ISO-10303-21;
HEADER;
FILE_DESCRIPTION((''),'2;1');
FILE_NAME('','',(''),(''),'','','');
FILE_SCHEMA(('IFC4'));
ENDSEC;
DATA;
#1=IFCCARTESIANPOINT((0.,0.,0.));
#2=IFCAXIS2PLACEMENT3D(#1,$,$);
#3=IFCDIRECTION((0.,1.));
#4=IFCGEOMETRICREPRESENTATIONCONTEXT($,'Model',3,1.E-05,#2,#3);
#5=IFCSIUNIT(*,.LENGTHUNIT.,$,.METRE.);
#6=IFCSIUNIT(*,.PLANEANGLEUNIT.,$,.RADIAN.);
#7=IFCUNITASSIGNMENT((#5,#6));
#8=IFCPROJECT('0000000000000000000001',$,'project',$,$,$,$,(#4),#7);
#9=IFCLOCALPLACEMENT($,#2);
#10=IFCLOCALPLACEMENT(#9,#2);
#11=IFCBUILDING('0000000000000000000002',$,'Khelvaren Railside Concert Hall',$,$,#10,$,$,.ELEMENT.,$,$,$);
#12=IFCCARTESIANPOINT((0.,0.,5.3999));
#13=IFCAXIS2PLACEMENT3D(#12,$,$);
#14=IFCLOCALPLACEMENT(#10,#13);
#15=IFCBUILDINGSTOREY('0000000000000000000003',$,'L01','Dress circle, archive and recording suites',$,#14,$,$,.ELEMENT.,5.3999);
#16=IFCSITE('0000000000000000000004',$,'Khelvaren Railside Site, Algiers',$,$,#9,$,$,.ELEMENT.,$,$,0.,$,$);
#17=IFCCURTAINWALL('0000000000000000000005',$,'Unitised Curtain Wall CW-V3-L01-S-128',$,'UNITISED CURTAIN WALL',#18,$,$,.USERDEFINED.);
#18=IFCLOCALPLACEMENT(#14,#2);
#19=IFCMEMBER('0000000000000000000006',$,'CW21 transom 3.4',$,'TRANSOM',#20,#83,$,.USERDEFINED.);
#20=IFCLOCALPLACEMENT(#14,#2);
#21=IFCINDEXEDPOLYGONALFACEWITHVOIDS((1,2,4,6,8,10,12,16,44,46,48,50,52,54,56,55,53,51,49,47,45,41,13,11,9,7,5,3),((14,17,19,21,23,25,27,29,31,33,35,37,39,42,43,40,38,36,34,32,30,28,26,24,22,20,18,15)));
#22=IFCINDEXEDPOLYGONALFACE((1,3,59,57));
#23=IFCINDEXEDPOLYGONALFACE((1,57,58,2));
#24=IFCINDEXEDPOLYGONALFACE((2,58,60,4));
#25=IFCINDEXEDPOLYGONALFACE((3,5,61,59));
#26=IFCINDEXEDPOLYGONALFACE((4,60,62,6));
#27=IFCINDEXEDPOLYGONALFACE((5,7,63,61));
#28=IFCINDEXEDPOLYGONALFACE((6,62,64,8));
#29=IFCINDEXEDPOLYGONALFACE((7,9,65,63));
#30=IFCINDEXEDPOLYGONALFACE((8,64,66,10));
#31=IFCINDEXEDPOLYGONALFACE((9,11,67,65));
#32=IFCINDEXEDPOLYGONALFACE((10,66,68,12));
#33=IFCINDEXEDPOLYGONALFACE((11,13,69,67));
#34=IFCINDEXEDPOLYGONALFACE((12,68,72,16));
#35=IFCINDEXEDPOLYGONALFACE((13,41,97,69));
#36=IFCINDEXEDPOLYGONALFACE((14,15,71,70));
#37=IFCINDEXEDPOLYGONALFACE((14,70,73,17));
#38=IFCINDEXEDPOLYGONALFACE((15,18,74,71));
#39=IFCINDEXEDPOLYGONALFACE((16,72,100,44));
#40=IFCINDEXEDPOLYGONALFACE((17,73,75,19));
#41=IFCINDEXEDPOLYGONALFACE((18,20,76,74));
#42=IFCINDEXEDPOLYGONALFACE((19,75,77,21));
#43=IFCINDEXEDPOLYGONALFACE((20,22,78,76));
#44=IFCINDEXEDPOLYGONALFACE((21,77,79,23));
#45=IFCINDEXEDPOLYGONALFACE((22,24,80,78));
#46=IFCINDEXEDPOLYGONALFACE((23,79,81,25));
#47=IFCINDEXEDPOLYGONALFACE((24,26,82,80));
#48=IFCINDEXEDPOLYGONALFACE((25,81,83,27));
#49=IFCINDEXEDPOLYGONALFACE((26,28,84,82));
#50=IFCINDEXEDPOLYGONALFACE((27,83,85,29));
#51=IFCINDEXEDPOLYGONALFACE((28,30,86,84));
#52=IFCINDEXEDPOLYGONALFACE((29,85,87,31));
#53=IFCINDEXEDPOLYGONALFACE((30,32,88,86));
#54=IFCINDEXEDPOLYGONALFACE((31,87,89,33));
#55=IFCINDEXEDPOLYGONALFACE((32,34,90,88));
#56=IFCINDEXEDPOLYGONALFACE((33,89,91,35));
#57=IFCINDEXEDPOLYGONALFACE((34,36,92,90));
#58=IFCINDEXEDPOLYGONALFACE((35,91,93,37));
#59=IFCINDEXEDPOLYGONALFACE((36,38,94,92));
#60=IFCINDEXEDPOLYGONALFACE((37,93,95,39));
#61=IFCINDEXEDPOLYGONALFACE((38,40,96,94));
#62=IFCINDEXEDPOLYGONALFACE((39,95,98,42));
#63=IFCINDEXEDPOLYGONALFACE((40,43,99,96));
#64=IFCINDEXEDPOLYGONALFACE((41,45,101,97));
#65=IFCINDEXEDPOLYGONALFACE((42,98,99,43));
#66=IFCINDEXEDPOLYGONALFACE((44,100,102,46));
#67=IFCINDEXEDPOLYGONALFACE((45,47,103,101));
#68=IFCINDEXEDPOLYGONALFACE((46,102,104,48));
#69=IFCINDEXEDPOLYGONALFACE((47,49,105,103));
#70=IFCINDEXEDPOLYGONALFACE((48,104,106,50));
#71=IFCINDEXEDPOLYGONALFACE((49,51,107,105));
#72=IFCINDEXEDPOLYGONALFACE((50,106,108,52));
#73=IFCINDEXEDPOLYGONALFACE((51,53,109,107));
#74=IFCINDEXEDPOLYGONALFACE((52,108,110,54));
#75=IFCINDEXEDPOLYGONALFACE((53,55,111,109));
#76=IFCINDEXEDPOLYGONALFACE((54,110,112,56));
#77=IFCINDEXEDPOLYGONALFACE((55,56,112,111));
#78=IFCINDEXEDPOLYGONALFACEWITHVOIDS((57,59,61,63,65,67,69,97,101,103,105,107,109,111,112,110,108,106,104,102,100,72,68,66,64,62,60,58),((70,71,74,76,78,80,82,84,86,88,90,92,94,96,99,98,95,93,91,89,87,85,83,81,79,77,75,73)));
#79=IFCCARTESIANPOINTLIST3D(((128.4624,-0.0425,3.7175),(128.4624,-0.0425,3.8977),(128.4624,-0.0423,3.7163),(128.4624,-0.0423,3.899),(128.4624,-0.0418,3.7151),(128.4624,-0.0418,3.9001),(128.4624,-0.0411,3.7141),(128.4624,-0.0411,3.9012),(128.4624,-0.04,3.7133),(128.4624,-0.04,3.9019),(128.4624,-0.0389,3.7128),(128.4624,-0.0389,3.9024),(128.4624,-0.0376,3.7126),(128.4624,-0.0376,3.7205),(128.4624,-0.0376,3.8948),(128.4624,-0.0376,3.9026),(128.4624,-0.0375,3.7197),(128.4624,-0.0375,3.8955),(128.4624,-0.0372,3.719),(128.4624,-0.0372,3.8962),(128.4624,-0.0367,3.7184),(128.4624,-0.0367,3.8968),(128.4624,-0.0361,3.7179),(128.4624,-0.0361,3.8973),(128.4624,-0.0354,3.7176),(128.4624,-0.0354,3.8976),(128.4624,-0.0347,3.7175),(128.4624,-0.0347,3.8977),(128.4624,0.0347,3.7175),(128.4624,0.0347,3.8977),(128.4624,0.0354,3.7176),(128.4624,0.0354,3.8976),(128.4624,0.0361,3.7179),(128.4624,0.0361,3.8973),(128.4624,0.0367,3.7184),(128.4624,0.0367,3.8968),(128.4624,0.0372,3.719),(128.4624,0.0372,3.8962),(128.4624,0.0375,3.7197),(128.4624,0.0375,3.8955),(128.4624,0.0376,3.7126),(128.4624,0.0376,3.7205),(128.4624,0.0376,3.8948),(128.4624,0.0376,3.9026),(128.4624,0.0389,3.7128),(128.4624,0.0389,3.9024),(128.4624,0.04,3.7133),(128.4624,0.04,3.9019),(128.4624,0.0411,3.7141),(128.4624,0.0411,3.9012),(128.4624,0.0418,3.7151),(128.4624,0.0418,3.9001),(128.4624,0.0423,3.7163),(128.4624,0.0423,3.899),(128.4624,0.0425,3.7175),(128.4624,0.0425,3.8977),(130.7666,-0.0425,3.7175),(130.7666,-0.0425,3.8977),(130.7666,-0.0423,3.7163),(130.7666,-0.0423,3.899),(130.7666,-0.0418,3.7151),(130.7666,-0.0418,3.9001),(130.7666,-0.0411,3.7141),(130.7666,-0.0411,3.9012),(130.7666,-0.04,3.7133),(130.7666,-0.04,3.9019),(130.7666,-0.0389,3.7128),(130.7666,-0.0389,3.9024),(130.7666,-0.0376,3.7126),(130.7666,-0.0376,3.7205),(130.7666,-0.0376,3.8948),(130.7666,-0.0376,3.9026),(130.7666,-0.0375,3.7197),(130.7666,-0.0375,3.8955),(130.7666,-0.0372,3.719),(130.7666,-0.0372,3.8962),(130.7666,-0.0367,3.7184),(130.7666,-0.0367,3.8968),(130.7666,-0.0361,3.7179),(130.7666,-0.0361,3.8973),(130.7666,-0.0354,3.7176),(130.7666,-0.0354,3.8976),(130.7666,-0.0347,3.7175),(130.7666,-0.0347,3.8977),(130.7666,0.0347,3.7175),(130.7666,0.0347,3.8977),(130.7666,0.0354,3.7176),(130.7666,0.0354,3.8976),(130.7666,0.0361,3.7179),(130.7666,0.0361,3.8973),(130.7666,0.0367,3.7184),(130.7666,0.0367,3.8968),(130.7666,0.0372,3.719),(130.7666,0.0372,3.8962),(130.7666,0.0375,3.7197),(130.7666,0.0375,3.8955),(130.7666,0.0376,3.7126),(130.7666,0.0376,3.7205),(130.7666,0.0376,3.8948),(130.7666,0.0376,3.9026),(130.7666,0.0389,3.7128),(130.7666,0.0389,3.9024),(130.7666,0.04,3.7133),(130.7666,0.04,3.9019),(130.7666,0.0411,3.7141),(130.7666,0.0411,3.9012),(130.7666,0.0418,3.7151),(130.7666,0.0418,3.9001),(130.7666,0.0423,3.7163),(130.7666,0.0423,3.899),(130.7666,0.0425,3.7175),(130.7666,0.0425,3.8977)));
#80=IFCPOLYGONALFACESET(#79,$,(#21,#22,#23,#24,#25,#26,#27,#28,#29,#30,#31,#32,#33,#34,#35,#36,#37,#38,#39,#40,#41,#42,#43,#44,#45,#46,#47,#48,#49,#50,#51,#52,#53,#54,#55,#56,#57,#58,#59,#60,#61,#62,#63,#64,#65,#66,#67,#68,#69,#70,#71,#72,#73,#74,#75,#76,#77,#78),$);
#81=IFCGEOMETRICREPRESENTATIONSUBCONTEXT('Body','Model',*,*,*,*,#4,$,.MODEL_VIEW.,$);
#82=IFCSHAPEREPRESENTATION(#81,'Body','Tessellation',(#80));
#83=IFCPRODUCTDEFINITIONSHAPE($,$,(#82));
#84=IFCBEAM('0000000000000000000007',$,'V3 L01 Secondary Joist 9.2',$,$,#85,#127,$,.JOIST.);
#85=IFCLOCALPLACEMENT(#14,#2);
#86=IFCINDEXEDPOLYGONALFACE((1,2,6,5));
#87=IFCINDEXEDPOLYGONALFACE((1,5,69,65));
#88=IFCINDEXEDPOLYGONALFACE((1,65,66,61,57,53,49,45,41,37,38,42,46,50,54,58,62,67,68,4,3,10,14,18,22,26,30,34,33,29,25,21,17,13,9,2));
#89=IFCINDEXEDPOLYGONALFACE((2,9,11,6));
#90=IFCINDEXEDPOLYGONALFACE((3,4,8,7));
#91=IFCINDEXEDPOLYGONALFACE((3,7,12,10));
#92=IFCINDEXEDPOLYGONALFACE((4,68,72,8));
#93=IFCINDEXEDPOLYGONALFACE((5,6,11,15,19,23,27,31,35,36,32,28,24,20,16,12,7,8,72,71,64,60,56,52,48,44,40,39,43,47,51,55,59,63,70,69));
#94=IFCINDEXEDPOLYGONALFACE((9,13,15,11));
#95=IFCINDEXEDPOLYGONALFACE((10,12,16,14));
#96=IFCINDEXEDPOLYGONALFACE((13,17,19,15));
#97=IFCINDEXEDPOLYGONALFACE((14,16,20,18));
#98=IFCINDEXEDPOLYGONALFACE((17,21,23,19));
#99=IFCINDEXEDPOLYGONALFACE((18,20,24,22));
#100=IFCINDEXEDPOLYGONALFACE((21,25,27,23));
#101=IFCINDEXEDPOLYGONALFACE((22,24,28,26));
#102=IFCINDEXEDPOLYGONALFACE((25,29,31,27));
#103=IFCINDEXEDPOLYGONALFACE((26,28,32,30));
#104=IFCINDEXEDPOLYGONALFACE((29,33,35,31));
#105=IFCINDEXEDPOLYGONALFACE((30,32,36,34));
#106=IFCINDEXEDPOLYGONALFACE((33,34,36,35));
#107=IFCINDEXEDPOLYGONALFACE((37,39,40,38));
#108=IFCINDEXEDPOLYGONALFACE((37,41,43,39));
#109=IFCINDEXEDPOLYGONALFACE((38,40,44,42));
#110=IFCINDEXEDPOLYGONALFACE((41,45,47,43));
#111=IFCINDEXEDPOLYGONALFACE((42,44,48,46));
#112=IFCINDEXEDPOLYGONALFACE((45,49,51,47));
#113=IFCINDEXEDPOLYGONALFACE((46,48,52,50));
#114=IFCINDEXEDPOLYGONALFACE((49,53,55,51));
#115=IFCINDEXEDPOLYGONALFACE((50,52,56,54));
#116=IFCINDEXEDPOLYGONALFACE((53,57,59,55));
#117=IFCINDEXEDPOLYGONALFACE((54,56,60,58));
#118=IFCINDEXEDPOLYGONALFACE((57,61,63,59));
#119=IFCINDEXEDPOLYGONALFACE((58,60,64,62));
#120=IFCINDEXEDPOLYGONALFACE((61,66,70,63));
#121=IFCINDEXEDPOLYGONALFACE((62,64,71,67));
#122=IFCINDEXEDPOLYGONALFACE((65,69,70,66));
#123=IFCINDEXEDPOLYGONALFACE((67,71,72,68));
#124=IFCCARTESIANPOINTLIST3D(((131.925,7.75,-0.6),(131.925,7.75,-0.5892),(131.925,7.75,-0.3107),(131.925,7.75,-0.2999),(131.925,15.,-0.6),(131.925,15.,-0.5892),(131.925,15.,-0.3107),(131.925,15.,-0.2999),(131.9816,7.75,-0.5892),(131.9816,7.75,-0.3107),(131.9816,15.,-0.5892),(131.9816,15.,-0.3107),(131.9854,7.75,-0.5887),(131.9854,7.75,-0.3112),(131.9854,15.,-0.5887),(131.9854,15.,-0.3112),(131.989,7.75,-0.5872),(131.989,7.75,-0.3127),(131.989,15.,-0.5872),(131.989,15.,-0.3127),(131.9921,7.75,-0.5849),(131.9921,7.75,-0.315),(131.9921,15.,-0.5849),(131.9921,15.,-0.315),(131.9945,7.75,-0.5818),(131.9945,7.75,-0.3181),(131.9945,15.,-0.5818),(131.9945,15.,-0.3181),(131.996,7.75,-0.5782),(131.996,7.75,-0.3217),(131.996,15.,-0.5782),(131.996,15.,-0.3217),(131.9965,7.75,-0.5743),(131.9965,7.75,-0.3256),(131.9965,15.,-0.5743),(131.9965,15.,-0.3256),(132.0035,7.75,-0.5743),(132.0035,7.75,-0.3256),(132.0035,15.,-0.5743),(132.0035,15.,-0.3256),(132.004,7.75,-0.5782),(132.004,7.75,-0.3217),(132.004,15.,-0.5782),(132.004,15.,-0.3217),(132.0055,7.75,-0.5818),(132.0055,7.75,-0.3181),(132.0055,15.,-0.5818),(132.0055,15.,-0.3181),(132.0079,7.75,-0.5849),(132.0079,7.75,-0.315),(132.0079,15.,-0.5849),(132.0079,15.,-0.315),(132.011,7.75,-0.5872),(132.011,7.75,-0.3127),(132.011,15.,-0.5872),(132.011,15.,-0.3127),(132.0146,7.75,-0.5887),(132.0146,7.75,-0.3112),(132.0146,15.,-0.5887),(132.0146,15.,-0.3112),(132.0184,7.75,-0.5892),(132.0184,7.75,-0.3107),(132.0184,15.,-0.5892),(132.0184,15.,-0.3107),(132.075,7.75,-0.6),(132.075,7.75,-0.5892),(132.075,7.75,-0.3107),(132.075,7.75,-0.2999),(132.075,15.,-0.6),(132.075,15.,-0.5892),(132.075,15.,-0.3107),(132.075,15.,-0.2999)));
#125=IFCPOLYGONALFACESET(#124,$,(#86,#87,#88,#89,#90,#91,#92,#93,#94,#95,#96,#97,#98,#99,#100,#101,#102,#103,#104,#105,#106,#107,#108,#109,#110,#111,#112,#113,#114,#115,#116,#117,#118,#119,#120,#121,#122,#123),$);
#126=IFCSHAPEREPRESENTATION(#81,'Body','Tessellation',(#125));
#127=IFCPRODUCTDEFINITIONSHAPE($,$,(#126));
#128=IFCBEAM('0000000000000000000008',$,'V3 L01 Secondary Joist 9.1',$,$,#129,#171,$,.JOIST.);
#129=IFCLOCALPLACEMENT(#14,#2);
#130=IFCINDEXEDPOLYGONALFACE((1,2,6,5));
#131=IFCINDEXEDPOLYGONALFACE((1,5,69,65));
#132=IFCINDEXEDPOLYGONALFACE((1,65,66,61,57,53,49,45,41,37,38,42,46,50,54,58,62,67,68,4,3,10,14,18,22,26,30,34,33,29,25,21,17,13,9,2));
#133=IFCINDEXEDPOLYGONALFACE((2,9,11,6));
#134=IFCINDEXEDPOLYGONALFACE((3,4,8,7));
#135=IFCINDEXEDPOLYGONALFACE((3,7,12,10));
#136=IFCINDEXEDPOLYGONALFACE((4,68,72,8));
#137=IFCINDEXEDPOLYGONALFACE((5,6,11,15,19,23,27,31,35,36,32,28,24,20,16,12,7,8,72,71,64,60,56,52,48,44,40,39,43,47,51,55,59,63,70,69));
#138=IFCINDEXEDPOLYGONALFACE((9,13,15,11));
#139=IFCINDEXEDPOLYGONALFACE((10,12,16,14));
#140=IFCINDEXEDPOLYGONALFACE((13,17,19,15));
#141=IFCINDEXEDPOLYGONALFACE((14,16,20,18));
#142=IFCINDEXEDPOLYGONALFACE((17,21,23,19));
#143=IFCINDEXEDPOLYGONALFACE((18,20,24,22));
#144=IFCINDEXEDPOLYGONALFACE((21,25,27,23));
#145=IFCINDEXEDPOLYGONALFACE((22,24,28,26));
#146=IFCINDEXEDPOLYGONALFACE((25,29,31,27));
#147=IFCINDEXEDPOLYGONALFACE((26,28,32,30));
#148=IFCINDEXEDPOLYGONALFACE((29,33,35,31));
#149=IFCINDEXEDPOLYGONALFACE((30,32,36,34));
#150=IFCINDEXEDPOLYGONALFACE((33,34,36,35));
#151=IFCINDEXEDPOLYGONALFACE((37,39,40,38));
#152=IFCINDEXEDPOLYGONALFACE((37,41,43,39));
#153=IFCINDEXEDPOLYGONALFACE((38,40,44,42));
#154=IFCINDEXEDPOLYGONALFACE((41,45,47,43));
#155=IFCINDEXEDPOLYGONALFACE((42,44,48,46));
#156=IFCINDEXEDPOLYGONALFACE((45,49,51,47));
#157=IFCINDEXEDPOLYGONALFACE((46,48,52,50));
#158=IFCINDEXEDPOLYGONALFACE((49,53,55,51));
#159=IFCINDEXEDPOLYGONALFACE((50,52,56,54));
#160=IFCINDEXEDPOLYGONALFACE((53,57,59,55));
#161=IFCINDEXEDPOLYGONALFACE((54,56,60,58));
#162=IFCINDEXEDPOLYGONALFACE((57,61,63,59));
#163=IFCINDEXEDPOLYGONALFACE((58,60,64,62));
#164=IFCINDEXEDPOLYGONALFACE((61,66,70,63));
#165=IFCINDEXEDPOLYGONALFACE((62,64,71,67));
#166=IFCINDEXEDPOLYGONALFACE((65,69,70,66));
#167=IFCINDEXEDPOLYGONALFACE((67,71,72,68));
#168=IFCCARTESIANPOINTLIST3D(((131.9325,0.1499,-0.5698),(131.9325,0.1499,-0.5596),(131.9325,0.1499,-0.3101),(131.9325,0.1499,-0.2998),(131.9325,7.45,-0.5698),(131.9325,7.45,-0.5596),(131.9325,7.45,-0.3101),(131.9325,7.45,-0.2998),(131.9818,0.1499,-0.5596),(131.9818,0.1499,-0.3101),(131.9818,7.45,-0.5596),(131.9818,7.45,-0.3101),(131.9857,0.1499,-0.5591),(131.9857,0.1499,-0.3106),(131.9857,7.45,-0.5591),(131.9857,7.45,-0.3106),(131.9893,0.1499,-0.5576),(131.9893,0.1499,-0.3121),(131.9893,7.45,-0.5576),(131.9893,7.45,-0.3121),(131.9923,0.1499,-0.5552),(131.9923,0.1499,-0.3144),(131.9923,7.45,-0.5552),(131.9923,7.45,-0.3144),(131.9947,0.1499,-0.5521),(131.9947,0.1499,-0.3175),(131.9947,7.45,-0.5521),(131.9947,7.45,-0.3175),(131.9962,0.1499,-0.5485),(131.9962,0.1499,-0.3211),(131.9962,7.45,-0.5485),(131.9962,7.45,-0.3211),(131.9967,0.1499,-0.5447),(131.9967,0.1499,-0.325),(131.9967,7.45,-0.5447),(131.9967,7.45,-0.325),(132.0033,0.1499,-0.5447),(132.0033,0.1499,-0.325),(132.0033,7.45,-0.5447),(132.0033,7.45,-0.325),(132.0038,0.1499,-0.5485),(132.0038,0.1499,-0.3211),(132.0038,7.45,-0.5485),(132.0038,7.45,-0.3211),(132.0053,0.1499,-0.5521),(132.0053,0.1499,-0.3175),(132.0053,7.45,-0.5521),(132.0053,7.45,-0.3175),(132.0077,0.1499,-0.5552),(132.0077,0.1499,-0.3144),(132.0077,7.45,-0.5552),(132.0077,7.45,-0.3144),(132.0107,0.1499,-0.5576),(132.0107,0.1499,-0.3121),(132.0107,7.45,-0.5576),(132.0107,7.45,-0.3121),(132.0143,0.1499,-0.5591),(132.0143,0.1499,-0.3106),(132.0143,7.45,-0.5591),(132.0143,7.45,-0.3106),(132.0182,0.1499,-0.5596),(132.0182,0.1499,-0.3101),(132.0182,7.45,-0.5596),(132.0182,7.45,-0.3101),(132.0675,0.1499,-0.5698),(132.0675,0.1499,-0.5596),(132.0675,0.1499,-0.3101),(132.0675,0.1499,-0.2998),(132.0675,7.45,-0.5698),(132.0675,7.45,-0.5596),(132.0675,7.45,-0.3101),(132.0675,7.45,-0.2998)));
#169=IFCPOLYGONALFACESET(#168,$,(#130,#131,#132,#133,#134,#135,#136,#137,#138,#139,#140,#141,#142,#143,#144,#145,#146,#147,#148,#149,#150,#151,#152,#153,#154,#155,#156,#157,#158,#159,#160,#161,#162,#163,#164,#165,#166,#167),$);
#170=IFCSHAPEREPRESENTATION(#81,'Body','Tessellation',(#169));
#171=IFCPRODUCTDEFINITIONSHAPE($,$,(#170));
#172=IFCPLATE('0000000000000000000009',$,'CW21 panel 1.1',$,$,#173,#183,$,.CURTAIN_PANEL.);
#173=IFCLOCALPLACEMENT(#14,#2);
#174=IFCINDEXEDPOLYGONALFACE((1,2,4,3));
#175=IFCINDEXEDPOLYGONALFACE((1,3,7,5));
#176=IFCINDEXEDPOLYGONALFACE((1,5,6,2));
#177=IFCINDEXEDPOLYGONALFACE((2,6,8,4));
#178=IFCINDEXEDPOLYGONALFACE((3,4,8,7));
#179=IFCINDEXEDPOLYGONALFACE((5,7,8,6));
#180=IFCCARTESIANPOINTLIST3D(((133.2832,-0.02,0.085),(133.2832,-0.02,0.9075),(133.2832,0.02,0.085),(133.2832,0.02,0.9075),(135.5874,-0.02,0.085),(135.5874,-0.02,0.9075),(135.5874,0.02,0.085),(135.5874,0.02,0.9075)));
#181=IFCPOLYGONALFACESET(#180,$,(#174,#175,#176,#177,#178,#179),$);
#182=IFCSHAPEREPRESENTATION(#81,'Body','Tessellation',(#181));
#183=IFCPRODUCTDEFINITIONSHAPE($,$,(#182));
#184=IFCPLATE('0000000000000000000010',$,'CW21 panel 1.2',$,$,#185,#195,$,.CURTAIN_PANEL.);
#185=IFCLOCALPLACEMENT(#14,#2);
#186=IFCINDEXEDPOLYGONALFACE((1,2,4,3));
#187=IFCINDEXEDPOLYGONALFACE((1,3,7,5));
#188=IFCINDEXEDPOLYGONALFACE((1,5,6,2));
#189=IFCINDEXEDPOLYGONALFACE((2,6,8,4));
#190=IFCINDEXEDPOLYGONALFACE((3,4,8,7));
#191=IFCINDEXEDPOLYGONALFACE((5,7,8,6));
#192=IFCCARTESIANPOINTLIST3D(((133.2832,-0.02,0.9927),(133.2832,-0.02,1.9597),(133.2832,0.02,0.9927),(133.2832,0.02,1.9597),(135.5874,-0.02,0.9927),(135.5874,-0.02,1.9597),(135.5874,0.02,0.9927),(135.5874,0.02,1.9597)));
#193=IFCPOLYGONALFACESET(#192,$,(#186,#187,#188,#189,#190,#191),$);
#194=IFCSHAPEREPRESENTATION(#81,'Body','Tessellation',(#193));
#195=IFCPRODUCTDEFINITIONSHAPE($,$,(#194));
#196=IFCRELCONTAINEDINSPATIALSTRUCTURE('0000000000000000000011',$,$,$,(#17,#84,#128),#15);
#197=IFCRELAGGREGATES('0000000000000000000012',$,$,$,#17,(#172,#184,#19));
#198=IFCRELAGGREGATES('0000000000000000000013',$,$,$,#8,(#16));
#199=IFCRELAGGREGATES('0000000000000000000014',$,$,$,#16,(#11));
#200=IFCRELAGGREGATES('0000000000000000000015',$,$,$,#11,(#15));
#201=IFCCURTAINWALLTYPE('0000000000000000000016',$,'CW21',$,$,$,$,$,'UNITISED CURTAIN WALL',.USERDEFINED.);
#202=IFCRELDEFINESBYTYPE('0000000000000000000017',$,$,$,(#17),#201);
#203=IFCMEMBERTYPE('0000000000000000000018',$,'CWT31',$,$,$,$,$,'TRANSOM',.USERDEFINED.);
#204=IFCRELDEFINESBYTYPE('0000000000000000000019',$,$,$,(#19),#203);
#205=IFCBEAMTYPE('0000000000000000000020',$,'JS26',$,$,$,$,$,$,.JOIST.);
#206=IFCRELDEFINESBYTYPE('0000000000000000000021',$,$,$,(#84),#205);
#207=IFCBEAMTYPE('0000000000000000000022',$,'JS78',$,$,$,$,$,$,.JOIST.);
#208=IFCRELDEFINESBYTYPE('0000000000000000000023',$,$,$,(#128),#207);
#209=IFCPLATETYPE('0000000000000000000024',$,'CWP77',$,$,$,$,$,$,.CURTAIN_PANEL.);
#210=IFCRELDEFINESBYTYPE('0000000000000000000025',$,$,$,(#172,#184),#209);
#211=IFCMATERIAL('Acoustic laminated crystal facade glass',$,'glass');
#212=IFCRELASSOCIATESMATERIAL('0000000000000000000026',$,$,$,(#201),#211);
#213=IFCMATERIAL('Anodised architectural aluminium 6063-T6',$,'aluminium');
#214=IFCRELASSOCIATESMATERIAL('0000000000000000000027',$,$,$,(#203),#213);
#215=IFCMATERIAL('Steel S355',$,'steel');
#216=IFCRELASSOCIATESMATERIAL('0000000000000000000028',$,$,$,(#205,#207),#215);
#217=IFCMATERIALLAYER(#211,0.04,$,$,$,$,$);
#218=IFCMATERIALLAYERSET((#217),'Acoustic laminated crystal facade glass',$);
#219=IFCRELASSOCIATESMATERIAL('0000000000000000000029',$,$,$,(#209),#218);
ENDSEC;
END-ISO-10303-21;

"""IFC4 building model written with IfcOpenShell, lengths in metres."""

from ifc_helpers import new_model, si_unit, direction, frame, origin, origin_2d, place, context, subcontext, project, spatial, rectangle, hollow_rectangle, i_section, extrude, material, layer, layer_set, material_profile, profile_set, type_object, element, aggregate, save


model = new_model("IFC4")

# Units and contexts
model_context = context("Model", 3, precision=1e-05, world=origin(), true_north=direction((0.0, 1.0)))
body_context = subcontext(model_context, "Body", "Model", "MODEL_VIEW")
ifc_project = project(units=[si_unit("LENGTHUNIT", "METRE"), si_unit("PLANEANGLEUNIT", "RADIAN")], contexts=[model_context])

# Site, building, storey
site_placement = place(None, origin())
site = spatial("IfcSite", under=ifc_project, at=site_placement, Name="Khelvaren Railside Site, Algiers", CompositionType="ELEMENT", RefElevation=0.0)
building_placement = place(site_placement, origin())
building = spatial("IfcBuilding", under=site, at=building_placement, Name="Khelvaren Railside Concert Hall", CompositionType="ELEMENT")
storey_placement = place(building_placement, frame((0.0, 0.0, 5.3999)))
storey = spatial("IfcBuildingStorey", under=building, at=storey_placement, Name="L01", Description="Dress circle, archive and recording suites", CompositionType="ELEMENT", Elevation=5.3999)

# Curtain wall, member
ifc_material_1 = material(Name="Acoustic laminated crystal facade glass", Category="glass")
curtain_wall_type = type_object("IfcCurtainWallType", Name="CW21", ElementType="UNITISED CURTAIN WALL", PredefinedType="USERDEFINED", material=ifc_material_1)
curtain_wall_placement = place(storey_placement, origin())
curtain_wall = element("IfcCurtainWall", 1, at=curtain_wall_placement, inside=storey, type_object=curtain_wall_type, Name="Unitised Curtain Wall CW-V3-L01-S-128", ObjectType="UNITISED CURTAIN WALL", PredefinedType="USERDEFINED")
ifc_material_2 = material(Name="Anodised architectural aluminium 6063-T6", Category="aluminium")
ifc_material_profile_1 = material_profile(ifc_material_2, hollow_rectangle(XDim=0.085, YDim=0.1899, WallThickness=0.0049, InnerFilletRadius=0.0029, OuterFilletRadius=0.0049, at=origin_2d()), Name="CWT 85x190x5")
ifc_profile_set_1 = profile_set([ifc_material_profile_1], Name="Anodised architectural aluminium 6063-T6")
member_type_1 = type_object("IfcMemberType", Name="CWT31", ElementType="TRANSOM", PredefinedType="USERDEFINED", material=ifc_profile_set_1)
member_1_placement = place(storey_placement, frame((130.7666, 0.0, 3.8076), z_axis=(-1.0, 0.0, 0.0), x_axis=(0.0, -1.0, 0.0)))
member_1 = element("IfcMember", 2, at=member_1_placement, type_object=member_type_1, Name="CW21 transom 3.4", ObjectType="TRANSOM", PredefinedType="USERDEFINED", context=body_context, shape_type="SweptSolid", body=[
    extrude(hollow_rectangle(XDim=0.085, YDim=0.1899, WallThickness=0.0049, InnerFilletRadius=0.0029, OuterFilletRadius=0.0049, at=origin_2d()), origin(), (0.0, 0.0, 1.0), 2.3042),
])

# Beams
ifc_material_3 = material(Name="Steel S355", Category="steel")
ifc_material_profile_2 = material_profile(ifc_material_3, i_section(OverallWidth=0.1499, OverallDepth=0.3, WebThickness=0.0071, FlangeThickness=0.0107, FilletRadius=0.0149, at=origin_2d()), Name="IPE 300")
ifc_profile_set_2 = profile_set([ifc_material_profile_2], Name="Steel S355")
beam_type_1 = type_object("IfcBeamType", Name="JS26", PredefinedType="JOIST", material=ifc_profile_set_2)
beam_1_placement = place(storey_placement, frame((132.0, 7.75, -0.45), z_axis=(0.0, 1.0, 0.0), x_axis=(-1.0, 0.0, 0.0)))
element("IfcBeam", 3, at=beam_1_placement, inside=storey, type_object=beam_type_1, Name="V3 L01 Secondary Joist 9.2", PredefinedType="JOIST", context=body_context, shape_type="SweptSolid", body=[
    extrude(i_section(OverallWidth=0.1499, OverallDepth=0.3, WebThickness=0.0071, FlangeThickness=0.0107, FilletRadius=0.0149, at=origin_2d()), origin(), (0.0, 0.0, 1.0), 7.25),
])
ifc_material_profile_3 = material_profile(ifc_material_3, i_section(OverallWidth=0.135, OverallDepth=0.27, WebThickness=0.0066, FlangeThickness=0.0103, FilletRadius=0.0149, at=origin_2d()), Name="IPE 270")
ifc_profile_set_3 = profile_set([ifc_material_profile_3], Name="Steel S355")
beam_type_2 = type_object("IfcBeamType", Name="JS78", PredefinedType="JOIST", material=ifc_profile_set_3)
beam_2_placement = place(storey_placement, frame((132.0, 0.1499, -0.4348), z_axis=(0.0, 1.0, 0.0), x_axis=(-1.0, 0.0, 0.0)))
element("IfcBeam", 4, at=beam_2_placement, inside=storey, type_object=beam_type_2, Name="V3 L01 Secondary Joist 9.1", PredefinedType="JOIST", context=body_context, shape_type="SweptSolid", body=[
    extrude(i_section(OverallWidth=0.135, OverallDepth=0.27, WebThickness=0.0066, FlangeThickness=0.0103, FilletRadius=0.0149, at=origin_2d()), origin(), (0.0, 0.0, 1.0), 7.3),
])

# Plates
ifc_layer_1 = layer(ifc_material_1, 0.04)
ifc_layer_set_1 = layer_set([ifc_layer_1], Name="Acoustic laminated crystal facade glass")
plate_type = type_object("IfcPlateType", Name="CWP77", PredefinedType="CURTAIN_PANEL", material=ifc_layer_set_1)
plate_1_placement = place(storey_placement, frame((134.4353, 0.0, 0.085), z_axis=(0.0, 0.0, 1.0), x_axis=(-1.0, 0.0, 0.0)))
plate_1 = element("IfcPlate", 5, at=plate_1_placement, type_object=plate_type, Name="CW21 panel 1.1", PredefinedType="CURTAIN_PANEL", context=body_context, shape_type="SweptSolid", body=[
    extrude(rectangle(XDim=2.3042, YDim=0.04, at=origin_2d()), origin(), (0.0, 0.0, 1.0), 0.8225),
])
plate_2_placement = place(storey_placement, frame((134.4353, 0.0, 0.9927), z_axis=(0.0, 0.0, 1.0), x_axis=(-1.0, 0.0, 0.0)))
plate_2 = element("IfcPlate", 6, at=plate_2_placement, type_object=plate_type, Name="CW21 panel 1.2", PredefinedType="CURTAIN_PANEL", context=body_context, shape_type="SweptSolid", body=[
    extrude(rectangle(XDim=2.3042, YDim=0.04, at=origin_2d()), origin(), (0.0, 0.0, 1.0), 0.967),
])
aggregate(curtain_wall, [plate_1, plate_2, member_1])

save(model, "model.ifc")
